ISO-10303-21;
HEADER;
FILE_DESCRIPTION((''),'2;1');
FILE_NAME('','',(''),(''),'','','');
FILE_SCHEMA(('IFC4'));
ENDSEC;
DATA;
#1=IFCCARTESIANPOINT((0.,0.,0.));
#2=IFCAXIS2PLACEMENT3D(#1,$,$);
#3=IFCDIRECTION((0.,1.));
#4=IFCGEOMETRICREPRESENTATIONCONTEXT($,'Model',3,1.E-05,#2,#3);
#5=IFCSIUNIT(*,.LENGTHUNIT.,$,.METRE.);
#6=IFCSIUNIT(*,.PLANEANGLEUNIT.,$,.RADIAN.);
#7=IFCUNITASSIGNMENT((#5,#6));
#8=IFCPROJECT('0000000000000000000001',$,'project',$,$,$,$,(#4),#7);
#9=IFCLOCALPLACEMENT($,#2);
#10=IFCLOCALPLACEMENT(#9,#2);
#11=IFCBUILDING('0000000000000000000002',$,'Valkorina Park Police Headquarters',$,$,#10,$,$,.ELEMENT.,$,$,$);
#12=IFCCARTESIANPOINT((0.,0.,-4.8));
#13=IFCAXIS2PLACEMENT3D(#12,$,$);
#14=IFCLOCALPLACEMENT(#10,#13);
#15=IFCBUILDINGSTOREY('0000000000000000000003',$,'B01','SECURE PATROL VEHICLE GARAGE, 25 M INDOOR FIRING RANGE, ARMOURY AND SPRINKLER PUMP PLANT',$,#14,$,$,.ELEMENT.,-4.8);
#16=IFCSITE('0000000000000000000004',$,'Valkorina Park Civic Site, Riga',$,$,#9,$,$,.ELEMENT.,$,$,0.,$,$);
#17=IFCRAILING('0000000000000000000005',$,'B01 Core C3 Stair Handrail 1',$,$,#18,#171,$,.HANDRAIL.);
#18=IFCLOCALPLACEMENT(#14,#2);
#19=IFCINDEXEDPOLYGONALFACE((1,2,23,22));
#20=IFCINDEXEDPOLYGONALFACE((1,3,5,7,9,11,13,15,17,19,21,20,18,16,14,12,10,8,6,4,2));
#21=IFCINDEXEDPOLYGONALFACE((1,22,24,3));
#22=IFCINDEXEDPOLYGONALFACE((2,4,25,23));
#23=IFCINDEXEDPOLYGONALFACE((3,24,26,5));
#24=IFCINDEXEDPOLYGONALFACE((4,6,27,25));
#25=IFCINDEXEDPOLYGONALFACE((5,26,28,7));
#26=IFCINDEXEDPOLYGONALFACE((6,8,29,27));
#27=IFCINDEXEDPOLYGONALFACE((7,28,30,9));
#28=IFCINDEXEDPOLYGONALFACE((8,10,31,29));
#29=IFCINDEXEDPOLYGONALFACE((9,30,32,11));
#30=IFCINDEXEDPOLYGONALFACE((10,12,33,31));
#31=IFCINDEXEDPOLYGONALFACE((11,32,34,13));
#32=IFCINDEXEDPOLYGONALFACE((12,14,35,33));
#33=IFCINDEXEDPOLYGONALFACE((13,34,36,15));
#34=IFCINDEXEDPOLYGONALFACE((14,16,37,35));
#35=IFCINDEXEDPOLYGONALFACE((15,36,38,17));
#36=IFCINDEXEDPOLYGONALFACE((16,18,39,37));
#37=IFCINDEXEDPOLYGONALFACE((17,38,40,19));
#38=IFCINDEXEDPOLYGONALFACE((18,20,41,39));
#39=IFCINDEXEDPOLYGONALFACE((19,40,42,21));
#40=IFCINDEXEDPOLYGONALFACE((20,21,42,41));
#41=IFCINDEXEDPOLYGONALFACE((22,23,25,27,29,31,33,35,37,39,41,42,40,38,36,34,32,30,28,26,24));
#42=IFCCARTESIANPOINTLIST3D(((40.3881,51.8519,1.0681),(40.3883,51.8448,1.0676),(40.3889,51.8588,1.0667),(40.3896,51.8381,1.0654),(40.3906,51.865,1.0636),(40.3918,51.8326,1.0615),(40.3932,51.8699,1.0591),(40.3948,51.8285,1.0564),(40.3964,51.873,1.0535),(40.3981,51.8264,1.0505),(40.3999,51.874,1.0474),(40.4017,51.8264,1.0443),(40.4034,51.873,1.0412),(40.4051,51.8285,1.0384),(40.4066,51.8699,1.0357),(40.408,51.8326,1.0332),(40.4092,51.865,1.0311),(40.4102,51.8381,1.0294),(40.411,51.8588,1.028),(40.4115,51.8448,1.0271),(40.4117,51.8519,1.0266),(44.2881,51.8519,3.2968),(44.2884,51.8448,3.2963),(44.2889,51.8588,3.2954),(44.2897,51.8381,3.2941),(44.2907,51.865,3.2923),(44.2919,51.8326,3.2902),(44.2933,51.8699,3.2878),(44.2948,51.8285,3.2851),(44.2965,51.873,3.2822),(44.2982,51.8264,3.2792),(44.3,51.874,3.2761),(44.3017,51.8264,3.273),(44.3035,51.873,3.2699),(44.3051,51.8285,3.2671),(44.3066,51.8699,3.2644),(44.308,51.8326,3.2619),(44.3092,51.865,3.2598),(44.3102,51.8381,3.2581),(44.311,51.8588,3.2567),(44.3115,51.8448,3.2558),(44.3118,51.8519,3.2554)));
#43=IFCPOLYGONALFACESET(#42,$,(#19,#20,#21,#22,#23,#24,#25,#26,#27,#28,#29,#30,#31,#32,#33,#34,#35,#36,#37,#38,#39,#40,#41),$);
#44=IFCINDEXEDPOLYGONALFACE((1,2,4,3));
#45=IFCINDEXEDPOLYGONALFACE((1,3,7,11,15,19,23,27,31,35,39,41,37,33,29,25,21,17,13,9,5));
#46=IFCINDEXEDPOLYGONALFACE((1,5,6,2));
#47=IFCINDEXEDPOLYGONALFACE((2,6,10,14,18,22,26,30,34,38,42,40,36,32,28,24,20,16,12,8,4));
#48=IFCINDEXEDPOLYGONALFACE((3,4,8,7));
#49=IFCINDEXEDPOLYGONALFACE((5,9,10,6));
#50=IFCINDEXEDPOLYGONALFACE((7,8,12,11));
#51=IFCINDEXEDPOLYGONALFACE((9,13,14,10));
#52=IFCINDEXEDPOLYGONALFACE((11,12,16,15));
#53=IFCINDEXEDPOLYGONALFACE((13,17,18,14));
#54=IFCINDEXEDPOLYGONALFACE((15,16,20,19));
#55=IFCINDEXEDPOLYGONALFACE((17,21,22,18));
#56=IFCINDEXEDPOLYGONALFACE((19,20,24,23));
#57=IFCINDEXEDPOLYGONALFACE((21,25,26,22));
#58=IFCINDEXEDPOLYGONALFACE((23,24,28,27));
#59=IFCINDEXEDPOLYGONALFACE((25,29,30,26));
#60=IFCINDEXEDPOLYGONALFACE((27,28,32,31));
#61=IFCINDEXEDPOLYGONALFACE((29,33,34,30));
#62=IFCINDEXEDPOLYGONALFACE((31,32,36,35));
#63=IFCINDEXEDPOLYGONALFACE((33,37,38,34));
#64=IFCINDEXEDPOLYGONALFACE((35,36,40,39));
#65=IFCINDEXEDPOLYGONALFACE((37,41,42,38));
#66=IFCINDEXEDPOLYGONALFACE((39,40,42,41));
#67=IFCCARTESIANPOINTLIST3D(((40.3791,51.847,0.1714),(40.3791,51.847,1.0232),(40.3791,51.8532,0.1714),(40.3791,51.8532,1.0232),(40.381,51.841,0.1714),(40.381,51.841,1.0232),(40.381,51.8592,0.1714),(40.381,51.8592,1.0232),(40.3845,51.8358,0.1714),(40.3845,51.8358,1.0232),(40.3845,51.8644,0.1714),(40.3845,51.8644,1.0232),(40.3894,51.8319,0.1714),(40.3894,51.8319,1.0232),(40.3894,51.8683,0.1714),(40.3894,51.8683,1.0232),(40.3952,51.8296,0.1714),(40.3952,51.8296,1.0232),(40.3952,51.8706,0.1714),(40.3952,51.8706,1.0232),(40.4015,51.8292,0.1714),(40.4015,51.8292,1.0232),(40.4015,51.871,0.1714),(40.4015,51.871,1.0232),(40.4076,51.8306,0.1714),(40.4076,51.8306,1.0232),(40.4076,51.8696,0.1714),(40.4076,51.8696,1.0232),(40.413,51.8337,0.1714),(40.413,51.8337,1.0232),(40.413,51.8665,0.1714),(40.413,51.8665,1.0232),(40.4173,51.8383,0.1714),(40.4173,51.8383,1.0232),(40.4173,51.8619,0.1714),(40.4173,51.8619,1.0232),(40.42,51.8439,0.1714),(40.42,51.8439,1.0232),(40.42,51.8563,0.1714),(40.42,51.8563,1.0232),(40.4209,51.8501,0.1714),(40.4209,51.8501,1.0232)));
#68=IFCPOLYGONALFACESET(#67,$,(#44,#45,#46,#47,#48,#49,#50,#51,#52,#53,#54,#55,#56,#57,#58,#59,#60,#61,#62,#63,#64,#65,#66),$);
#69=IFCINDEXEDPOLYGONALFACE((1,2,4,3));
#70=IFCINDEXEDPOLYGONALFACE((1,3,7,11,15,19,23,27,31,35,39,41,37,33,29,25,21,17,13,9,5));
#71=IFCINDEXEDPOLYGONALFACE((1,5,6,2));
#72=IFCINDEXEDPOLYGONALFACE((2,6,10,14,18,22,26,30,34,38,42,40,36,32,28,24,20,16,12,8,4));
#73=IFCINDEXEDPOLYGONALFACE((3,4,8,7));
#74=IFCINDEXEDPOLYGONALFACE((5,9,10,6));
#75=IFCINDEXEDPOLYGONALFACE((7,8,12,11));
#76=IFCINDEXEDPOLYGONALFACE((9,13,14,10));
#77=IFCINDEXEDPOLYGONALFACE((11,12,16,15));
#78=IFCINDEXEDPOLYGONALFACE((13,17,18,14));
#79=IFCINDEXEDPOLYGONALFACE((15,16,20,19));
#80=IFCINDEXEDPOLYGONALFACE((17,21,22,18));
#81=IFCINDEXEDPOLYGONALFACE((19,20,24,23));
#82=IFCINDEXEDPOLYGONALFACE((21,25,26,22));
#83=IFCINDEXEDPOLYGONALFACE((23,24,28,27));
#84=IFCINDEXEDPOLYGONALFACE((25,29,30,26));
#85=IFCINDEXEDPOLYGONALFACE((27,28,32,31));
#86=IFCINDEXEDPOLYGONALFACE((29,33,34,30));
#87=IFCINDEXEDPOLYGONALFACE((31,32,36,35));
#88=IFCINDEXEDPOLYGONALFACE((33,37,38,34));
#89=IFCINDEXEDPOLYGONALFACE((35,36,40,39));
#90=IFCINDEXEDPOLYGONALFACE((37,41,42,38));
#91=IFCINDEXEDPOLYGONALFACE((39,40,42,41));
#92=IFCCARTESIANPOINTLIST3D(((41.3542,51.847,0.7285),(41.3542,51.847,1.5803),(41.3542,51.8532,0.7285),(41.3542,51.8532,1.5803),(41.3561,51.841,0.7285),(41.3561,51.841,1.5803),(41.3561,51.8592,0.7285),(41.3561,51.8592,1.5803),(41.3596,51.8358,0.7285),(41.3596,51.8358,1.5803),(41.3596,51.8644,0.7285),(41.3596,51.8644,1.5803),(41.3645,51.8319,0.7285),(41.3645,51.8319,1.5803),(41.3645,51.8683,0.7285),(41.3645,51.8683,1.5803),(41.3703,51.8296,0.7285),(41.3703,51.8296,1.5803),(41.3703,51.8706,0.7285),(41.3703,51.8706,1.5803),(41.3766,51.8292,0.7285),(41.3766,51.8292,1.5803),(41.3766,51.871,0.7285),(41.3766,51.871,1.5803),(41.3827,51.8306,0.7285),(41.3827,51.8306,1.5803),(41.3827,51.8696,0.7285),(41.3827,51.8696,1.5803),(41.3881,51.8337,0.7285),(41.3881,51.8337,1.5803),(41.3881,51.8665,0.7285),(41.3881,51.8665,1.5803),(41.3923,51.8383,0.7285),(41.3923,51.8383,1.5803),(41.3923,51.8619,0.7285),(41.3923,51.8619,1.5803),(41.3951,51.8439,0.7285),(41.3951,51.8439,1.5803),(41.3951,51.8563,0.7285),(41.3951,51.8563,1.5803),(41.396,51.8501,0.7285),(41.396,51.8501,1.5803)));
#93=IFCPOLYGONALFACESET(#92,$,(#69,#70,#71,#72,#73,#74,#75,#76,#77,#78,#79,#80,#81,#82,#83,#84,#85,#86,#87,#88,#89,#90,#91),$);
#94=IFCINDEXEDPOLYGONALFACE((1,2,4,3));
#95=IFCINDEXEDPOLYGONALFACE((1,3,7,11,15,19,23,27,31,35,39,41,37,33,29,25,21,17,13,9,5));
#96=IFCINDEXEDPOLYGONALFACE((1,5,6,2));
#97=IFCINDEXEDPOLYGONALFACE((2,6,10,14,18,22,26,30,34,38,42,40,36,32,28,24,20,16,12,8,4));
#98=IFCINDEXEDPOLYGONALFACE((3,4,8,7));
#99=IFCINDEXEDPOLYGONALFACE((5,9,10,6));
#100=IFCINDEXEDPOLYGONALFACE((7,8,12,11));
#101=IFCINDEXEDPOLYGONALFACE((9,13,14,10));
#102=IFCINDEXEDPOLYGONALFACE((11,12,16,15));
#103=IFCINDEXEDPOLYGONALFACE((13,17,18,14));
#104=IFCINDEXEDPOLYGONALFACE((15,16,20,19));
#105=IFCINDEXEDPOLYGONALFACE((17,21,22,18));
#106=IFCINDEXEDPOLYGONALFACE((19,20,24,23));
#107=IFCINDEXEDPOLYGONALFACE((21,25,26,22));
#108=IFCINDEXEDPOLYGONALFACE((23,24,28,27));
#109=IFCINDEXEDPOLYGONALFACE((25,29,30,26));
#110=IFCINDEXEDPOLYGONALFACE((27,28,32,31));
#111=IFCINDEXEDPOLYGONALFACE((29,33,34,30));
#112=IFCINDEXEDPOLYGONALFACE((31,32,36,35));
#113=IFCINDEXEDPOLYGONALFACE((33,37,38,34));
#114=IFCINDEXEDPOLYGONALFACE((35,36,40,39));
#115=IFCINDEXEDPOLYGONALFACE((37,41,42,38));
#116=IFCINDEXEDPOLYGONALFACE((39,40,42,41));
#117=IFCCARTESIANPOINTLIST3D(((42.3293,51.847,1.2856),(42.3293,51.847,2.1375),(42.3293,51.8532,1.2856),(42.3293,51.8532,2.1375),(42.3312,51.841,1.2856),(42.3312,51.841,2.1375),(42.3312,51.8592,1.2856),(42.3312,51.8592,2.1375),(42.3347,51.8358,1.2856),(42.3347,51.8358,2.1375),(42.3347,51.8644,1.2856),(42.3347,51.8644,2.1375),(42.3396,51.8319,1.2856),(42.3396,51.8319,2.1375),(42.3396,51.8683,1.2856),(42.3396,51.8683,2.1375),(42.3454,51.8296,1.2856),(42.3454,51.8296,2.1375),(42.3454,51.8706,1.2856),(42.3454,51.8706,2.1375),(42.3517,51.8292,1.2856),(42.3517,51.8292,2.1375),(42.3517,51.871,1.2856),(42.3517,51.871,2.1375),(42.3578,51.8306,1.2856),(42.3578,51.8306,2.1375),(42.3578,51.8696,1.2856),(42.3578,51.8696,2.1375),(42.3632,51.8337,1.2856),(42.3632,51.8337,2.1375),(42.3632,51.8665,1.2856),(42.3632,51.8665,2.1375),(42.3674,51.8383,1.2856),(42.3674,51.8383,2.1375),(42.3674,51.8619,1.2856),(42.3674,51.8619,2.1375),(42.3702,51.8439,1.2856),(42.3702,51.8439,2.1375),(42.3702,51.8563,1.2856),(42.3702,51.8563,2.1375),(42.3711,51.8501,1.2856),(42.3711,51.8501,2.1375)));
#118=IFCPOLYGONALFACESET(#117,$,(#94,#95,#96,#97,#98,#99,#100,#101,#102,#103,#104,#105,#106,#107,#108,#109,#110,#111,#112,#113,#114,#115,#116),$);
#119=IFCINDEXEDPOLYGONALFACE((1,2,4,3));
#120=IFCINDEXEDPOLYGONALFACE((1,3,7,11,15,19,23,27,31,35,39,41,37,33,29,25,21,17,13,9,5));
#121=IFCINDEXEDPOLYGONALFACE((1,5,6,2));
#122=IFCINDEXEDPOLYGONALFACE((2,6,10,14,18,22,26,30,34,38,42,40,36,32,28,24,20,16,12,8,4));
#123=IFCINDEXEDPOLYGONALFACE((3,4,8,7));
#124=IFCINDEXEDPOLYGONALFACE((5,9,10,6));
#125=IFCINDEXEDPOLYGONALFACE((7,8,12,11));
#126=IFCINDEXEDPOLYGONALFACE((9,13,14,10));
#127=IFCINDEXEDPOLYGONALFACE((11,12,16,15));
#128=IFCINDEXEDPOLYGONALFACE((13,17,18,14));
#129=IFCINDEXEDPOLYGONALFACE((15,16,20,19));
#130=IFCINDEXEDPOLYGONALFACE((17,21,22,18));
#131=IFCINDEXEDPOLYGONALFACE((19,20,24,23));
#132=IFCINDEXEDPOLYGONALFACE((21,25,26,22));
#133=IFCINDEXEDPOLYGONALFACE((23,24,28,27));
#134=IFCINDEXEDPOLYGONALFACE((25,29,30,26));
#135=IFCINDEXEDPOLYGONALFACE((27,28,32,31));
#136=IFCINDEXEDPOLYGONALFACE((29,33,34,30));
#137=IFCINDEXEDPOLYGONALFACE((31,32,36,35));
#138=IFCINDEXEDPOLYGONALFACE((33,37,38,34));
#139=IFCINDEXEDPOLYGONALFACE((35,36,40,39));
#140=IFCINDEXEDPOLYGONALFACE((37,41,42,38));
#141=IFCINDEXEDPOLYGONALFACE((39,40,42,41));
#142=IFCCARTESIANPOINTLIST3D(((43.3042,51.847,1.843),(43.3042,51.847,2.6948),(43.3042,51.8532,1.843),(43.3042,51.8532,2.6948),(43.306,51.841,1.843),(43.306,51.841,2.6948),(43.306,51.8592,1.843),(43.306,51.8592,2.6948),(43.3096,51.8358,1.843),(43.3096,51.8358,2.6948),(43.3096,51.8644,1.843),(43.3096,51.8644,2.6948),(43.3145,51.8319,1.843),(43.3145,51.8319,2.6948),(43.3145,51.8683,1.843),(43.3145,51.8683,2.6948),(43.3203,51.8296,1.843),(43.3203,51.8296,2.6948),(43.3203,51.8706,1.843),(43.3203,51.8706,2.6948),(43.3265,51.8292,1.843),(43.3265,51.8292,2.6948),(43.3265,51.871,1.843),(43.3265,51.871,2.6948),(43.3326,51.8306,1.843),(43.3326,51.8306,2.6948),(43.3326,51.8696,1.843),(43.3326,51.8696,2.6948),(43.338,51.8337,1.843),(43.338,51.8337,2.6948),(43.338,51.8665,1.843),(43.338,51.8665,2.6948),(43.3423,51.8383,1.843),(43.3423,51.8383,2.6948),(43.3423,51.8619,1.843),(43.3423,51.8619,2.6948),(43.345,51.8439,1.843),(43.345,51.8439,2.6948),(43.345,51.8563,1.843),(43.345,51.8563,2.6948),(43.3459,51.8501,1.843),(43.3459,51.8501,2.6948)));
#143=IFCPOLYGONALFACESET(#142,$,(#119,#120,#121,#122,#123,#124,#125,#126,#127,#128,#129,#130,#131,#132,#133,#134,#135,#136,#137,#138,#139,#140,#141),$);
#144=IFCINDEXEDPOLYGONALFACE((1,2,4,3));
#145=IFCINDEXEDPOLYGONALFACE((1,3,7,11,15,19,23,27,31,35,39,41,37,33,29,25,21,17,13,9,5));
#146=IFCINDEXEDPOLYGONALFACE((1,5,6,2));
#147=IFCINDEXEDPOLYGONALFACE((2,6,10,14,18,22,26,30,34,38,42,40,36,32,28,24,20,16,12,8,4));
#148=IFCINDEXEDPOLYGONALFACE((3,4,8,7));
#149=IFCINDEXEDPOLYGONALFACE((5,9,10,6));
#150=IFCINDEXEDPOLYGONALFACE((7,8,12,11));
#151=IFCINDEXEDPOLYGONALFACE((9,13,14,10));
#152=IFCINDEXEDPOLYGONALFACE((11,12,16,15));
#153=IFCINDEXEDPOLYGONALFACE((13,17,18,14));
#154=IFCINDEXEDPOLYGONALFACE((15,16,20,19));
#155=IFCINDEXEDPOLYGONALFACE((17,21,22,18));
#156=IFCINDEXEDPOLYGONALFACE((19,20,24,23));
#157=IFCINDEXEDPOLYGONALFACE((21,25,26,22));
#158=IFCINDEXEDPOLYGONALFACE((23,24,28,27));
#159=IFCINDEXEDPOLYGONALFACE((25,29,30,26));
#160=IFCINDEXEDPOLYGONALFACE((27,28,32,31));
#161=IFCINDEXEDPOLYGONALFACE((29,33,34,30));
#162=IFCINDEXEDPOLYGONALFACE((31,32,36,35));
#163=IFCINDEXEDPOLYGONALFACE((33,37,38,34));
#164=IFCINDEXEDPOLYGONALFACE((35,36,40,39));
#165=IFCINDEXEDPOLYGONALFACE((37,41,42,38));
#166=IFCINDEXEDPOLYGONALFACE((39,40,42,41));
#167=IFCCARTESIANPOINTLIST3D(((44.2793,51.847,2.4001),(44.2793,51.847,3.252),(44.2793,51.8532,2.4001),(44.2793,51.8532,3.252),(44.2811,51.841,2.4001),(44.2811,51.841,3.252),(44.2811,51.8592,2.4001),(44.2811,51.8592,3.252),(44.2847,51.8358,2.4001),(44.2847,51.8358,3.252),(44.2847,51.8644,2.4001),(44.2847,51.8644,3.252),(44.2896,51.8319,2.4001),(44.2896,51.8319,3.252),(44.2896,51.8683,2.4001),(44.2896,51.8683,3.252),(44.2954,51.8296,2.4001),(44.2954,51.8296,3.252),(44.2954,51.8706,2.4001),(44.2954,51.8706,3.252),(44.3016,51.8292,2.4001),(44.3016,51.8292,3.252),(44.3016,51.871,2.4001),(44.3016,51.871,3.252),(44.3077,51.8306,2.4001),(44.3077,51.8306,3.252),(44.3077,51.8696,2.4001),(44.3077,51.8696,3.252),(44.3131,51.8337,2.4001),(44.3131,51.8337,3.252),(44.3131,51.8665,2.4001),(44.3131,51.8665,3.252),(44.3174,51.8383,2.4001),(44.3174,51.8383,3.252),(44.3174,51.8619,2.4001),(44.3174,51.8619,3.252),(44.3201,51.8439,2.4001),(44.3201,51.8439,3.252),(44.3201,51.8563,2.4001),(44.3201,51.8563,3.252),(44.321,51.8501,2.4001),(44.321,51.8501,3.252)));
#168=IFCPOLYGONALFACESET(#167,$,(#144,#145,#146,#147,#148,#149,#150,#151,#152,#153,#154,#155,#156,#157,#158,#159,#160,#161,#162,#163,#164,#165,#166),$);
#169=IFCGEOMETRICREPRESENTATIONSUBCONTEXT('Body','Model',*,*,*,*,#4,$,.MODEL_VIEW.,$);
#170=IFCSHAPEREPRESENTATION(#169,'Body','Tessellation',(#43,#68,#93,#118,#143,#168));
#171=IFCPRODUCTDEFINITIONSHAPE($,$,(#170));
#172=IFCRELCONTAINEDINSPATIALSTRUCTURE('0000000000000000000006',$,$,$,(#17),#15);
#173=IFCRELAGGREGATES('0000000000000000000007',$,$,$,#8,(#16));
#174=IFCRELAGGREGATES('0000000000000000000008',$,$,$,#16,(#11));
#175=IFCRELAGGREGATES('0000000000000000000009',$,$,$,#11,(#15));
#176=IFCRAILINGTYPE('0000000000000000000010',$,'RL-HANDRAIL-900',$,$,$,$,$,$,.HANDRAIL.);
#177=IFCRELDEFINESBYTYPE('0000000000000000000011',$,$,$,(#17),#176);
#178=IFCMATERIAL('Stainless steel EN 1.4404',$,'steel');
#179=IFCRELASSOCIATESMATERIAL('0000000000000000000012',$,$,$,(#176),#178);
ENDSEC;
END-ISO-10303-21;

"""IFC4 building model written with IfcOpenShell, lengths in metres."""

from ifc_helpers import new_model, si_unit, direction, frame, origin, origin_2d, place, context, subcontext, project, spatial, circle, extrude, material, type_object, element, save


model = new_model("IFC4")

# Units and contexts
model_context = context("Model", 3, precision=1e-05, world=origin(), true_north=direction((0.0, 1.0)))
body_context = subcontext(model_context, "Body", "Model", "MODEL_VIEW")
ifc_project = project(units=[si_unit("LENGTHUNIT", "METRE"), si_unit("PLANEANGLEUNIT", "RADIAN")], contexts=[model_context])

# Site, building, storey
site_placement = place(None, origin())
site = spatial("IfcSite", under=ifc_project, at=site_placement, Name="Valkorina Park Civic Site, Riga", CompositionType="ELEMENT", RefElevation=0.0)
building_placement = place(site_placement, origin())
building = spatial("IfcBuilding", under=site, at=building_placement, Name="Valkorina Park Police Headquarters", CompositionType="ELEMENT")
storey_placement = place(building_placement, frame((0.0, 0.0, -4.8)))
storey = spatial("IfcBuildingStorey", under=building, at=storey_placement, Name="B01", Description="SECURE PATROL VEHICLE GARAGE, 25 M INDOOR FIRING RANGE, ARMOURY AND SPRINKLER PUMP PLANT", CompositionType="ELEMENT", Elevation=-4.8)

# Shared definitions
ifc_material_1 = material(Name="Stainless steel EN 1.4404", Category="steel")

# Railing
railing_type_1 = type_object("IfcRailingType", Name="RL-HANDRAIL-900", PredefinedType="HANDRAIL", material=ifc_material_1)
railing_1_placement = place(storey_placement, frame((40.3999, 51.8501, 0.1714)))
element("IfcRailing", 1, at=railing_1_placement, inside=storey, type_object=railing_type_1, Name="B01 Core C3 Stair Handrail 1", PredefinedType="HANDRAIL", context=body_context, shape_type="SweptSolid", body=[
    extrude(circle(Radius=0.0239, at=origin_2d()), frame((0.0, 0.0, 0.876), z_axis=(0.868233, 0.0, 0.496156), x_axis=(0.0, 1.0, 0.0)), (0.0, 0.0, 1.0), 4.4919),
    extrude(circle(Radius=0.021, at=origin_2d()), origin(), (0.0, 0.0, 1.0), 0.8518),
    extrude(circle(Radius=0.021, at=origin_2d()), frame((0.9751, 0.0, 0.5571)), (0.0, 0.0, 1.0), 0.8518),
    extrude(circle(Radius=0.021, at=origin_2d()), frame((1.9502, 0.0, 1.1143)), (0.0, 0.0, 1.0), 0.8518),
    extrude(circle(Radius=0.021, at=origin_2d()), frame((2.925, 0.0, 1.6716)), (0.0, 0.0, 1.0), 0.8518),
    extrude(circle(Radius=0.021, at=origin_2d()), frame((3.9001, 0.0, 2.2288)), (0.0, 0.0, 1.0), 0.8518),
])

save(model, "model.ifc")
